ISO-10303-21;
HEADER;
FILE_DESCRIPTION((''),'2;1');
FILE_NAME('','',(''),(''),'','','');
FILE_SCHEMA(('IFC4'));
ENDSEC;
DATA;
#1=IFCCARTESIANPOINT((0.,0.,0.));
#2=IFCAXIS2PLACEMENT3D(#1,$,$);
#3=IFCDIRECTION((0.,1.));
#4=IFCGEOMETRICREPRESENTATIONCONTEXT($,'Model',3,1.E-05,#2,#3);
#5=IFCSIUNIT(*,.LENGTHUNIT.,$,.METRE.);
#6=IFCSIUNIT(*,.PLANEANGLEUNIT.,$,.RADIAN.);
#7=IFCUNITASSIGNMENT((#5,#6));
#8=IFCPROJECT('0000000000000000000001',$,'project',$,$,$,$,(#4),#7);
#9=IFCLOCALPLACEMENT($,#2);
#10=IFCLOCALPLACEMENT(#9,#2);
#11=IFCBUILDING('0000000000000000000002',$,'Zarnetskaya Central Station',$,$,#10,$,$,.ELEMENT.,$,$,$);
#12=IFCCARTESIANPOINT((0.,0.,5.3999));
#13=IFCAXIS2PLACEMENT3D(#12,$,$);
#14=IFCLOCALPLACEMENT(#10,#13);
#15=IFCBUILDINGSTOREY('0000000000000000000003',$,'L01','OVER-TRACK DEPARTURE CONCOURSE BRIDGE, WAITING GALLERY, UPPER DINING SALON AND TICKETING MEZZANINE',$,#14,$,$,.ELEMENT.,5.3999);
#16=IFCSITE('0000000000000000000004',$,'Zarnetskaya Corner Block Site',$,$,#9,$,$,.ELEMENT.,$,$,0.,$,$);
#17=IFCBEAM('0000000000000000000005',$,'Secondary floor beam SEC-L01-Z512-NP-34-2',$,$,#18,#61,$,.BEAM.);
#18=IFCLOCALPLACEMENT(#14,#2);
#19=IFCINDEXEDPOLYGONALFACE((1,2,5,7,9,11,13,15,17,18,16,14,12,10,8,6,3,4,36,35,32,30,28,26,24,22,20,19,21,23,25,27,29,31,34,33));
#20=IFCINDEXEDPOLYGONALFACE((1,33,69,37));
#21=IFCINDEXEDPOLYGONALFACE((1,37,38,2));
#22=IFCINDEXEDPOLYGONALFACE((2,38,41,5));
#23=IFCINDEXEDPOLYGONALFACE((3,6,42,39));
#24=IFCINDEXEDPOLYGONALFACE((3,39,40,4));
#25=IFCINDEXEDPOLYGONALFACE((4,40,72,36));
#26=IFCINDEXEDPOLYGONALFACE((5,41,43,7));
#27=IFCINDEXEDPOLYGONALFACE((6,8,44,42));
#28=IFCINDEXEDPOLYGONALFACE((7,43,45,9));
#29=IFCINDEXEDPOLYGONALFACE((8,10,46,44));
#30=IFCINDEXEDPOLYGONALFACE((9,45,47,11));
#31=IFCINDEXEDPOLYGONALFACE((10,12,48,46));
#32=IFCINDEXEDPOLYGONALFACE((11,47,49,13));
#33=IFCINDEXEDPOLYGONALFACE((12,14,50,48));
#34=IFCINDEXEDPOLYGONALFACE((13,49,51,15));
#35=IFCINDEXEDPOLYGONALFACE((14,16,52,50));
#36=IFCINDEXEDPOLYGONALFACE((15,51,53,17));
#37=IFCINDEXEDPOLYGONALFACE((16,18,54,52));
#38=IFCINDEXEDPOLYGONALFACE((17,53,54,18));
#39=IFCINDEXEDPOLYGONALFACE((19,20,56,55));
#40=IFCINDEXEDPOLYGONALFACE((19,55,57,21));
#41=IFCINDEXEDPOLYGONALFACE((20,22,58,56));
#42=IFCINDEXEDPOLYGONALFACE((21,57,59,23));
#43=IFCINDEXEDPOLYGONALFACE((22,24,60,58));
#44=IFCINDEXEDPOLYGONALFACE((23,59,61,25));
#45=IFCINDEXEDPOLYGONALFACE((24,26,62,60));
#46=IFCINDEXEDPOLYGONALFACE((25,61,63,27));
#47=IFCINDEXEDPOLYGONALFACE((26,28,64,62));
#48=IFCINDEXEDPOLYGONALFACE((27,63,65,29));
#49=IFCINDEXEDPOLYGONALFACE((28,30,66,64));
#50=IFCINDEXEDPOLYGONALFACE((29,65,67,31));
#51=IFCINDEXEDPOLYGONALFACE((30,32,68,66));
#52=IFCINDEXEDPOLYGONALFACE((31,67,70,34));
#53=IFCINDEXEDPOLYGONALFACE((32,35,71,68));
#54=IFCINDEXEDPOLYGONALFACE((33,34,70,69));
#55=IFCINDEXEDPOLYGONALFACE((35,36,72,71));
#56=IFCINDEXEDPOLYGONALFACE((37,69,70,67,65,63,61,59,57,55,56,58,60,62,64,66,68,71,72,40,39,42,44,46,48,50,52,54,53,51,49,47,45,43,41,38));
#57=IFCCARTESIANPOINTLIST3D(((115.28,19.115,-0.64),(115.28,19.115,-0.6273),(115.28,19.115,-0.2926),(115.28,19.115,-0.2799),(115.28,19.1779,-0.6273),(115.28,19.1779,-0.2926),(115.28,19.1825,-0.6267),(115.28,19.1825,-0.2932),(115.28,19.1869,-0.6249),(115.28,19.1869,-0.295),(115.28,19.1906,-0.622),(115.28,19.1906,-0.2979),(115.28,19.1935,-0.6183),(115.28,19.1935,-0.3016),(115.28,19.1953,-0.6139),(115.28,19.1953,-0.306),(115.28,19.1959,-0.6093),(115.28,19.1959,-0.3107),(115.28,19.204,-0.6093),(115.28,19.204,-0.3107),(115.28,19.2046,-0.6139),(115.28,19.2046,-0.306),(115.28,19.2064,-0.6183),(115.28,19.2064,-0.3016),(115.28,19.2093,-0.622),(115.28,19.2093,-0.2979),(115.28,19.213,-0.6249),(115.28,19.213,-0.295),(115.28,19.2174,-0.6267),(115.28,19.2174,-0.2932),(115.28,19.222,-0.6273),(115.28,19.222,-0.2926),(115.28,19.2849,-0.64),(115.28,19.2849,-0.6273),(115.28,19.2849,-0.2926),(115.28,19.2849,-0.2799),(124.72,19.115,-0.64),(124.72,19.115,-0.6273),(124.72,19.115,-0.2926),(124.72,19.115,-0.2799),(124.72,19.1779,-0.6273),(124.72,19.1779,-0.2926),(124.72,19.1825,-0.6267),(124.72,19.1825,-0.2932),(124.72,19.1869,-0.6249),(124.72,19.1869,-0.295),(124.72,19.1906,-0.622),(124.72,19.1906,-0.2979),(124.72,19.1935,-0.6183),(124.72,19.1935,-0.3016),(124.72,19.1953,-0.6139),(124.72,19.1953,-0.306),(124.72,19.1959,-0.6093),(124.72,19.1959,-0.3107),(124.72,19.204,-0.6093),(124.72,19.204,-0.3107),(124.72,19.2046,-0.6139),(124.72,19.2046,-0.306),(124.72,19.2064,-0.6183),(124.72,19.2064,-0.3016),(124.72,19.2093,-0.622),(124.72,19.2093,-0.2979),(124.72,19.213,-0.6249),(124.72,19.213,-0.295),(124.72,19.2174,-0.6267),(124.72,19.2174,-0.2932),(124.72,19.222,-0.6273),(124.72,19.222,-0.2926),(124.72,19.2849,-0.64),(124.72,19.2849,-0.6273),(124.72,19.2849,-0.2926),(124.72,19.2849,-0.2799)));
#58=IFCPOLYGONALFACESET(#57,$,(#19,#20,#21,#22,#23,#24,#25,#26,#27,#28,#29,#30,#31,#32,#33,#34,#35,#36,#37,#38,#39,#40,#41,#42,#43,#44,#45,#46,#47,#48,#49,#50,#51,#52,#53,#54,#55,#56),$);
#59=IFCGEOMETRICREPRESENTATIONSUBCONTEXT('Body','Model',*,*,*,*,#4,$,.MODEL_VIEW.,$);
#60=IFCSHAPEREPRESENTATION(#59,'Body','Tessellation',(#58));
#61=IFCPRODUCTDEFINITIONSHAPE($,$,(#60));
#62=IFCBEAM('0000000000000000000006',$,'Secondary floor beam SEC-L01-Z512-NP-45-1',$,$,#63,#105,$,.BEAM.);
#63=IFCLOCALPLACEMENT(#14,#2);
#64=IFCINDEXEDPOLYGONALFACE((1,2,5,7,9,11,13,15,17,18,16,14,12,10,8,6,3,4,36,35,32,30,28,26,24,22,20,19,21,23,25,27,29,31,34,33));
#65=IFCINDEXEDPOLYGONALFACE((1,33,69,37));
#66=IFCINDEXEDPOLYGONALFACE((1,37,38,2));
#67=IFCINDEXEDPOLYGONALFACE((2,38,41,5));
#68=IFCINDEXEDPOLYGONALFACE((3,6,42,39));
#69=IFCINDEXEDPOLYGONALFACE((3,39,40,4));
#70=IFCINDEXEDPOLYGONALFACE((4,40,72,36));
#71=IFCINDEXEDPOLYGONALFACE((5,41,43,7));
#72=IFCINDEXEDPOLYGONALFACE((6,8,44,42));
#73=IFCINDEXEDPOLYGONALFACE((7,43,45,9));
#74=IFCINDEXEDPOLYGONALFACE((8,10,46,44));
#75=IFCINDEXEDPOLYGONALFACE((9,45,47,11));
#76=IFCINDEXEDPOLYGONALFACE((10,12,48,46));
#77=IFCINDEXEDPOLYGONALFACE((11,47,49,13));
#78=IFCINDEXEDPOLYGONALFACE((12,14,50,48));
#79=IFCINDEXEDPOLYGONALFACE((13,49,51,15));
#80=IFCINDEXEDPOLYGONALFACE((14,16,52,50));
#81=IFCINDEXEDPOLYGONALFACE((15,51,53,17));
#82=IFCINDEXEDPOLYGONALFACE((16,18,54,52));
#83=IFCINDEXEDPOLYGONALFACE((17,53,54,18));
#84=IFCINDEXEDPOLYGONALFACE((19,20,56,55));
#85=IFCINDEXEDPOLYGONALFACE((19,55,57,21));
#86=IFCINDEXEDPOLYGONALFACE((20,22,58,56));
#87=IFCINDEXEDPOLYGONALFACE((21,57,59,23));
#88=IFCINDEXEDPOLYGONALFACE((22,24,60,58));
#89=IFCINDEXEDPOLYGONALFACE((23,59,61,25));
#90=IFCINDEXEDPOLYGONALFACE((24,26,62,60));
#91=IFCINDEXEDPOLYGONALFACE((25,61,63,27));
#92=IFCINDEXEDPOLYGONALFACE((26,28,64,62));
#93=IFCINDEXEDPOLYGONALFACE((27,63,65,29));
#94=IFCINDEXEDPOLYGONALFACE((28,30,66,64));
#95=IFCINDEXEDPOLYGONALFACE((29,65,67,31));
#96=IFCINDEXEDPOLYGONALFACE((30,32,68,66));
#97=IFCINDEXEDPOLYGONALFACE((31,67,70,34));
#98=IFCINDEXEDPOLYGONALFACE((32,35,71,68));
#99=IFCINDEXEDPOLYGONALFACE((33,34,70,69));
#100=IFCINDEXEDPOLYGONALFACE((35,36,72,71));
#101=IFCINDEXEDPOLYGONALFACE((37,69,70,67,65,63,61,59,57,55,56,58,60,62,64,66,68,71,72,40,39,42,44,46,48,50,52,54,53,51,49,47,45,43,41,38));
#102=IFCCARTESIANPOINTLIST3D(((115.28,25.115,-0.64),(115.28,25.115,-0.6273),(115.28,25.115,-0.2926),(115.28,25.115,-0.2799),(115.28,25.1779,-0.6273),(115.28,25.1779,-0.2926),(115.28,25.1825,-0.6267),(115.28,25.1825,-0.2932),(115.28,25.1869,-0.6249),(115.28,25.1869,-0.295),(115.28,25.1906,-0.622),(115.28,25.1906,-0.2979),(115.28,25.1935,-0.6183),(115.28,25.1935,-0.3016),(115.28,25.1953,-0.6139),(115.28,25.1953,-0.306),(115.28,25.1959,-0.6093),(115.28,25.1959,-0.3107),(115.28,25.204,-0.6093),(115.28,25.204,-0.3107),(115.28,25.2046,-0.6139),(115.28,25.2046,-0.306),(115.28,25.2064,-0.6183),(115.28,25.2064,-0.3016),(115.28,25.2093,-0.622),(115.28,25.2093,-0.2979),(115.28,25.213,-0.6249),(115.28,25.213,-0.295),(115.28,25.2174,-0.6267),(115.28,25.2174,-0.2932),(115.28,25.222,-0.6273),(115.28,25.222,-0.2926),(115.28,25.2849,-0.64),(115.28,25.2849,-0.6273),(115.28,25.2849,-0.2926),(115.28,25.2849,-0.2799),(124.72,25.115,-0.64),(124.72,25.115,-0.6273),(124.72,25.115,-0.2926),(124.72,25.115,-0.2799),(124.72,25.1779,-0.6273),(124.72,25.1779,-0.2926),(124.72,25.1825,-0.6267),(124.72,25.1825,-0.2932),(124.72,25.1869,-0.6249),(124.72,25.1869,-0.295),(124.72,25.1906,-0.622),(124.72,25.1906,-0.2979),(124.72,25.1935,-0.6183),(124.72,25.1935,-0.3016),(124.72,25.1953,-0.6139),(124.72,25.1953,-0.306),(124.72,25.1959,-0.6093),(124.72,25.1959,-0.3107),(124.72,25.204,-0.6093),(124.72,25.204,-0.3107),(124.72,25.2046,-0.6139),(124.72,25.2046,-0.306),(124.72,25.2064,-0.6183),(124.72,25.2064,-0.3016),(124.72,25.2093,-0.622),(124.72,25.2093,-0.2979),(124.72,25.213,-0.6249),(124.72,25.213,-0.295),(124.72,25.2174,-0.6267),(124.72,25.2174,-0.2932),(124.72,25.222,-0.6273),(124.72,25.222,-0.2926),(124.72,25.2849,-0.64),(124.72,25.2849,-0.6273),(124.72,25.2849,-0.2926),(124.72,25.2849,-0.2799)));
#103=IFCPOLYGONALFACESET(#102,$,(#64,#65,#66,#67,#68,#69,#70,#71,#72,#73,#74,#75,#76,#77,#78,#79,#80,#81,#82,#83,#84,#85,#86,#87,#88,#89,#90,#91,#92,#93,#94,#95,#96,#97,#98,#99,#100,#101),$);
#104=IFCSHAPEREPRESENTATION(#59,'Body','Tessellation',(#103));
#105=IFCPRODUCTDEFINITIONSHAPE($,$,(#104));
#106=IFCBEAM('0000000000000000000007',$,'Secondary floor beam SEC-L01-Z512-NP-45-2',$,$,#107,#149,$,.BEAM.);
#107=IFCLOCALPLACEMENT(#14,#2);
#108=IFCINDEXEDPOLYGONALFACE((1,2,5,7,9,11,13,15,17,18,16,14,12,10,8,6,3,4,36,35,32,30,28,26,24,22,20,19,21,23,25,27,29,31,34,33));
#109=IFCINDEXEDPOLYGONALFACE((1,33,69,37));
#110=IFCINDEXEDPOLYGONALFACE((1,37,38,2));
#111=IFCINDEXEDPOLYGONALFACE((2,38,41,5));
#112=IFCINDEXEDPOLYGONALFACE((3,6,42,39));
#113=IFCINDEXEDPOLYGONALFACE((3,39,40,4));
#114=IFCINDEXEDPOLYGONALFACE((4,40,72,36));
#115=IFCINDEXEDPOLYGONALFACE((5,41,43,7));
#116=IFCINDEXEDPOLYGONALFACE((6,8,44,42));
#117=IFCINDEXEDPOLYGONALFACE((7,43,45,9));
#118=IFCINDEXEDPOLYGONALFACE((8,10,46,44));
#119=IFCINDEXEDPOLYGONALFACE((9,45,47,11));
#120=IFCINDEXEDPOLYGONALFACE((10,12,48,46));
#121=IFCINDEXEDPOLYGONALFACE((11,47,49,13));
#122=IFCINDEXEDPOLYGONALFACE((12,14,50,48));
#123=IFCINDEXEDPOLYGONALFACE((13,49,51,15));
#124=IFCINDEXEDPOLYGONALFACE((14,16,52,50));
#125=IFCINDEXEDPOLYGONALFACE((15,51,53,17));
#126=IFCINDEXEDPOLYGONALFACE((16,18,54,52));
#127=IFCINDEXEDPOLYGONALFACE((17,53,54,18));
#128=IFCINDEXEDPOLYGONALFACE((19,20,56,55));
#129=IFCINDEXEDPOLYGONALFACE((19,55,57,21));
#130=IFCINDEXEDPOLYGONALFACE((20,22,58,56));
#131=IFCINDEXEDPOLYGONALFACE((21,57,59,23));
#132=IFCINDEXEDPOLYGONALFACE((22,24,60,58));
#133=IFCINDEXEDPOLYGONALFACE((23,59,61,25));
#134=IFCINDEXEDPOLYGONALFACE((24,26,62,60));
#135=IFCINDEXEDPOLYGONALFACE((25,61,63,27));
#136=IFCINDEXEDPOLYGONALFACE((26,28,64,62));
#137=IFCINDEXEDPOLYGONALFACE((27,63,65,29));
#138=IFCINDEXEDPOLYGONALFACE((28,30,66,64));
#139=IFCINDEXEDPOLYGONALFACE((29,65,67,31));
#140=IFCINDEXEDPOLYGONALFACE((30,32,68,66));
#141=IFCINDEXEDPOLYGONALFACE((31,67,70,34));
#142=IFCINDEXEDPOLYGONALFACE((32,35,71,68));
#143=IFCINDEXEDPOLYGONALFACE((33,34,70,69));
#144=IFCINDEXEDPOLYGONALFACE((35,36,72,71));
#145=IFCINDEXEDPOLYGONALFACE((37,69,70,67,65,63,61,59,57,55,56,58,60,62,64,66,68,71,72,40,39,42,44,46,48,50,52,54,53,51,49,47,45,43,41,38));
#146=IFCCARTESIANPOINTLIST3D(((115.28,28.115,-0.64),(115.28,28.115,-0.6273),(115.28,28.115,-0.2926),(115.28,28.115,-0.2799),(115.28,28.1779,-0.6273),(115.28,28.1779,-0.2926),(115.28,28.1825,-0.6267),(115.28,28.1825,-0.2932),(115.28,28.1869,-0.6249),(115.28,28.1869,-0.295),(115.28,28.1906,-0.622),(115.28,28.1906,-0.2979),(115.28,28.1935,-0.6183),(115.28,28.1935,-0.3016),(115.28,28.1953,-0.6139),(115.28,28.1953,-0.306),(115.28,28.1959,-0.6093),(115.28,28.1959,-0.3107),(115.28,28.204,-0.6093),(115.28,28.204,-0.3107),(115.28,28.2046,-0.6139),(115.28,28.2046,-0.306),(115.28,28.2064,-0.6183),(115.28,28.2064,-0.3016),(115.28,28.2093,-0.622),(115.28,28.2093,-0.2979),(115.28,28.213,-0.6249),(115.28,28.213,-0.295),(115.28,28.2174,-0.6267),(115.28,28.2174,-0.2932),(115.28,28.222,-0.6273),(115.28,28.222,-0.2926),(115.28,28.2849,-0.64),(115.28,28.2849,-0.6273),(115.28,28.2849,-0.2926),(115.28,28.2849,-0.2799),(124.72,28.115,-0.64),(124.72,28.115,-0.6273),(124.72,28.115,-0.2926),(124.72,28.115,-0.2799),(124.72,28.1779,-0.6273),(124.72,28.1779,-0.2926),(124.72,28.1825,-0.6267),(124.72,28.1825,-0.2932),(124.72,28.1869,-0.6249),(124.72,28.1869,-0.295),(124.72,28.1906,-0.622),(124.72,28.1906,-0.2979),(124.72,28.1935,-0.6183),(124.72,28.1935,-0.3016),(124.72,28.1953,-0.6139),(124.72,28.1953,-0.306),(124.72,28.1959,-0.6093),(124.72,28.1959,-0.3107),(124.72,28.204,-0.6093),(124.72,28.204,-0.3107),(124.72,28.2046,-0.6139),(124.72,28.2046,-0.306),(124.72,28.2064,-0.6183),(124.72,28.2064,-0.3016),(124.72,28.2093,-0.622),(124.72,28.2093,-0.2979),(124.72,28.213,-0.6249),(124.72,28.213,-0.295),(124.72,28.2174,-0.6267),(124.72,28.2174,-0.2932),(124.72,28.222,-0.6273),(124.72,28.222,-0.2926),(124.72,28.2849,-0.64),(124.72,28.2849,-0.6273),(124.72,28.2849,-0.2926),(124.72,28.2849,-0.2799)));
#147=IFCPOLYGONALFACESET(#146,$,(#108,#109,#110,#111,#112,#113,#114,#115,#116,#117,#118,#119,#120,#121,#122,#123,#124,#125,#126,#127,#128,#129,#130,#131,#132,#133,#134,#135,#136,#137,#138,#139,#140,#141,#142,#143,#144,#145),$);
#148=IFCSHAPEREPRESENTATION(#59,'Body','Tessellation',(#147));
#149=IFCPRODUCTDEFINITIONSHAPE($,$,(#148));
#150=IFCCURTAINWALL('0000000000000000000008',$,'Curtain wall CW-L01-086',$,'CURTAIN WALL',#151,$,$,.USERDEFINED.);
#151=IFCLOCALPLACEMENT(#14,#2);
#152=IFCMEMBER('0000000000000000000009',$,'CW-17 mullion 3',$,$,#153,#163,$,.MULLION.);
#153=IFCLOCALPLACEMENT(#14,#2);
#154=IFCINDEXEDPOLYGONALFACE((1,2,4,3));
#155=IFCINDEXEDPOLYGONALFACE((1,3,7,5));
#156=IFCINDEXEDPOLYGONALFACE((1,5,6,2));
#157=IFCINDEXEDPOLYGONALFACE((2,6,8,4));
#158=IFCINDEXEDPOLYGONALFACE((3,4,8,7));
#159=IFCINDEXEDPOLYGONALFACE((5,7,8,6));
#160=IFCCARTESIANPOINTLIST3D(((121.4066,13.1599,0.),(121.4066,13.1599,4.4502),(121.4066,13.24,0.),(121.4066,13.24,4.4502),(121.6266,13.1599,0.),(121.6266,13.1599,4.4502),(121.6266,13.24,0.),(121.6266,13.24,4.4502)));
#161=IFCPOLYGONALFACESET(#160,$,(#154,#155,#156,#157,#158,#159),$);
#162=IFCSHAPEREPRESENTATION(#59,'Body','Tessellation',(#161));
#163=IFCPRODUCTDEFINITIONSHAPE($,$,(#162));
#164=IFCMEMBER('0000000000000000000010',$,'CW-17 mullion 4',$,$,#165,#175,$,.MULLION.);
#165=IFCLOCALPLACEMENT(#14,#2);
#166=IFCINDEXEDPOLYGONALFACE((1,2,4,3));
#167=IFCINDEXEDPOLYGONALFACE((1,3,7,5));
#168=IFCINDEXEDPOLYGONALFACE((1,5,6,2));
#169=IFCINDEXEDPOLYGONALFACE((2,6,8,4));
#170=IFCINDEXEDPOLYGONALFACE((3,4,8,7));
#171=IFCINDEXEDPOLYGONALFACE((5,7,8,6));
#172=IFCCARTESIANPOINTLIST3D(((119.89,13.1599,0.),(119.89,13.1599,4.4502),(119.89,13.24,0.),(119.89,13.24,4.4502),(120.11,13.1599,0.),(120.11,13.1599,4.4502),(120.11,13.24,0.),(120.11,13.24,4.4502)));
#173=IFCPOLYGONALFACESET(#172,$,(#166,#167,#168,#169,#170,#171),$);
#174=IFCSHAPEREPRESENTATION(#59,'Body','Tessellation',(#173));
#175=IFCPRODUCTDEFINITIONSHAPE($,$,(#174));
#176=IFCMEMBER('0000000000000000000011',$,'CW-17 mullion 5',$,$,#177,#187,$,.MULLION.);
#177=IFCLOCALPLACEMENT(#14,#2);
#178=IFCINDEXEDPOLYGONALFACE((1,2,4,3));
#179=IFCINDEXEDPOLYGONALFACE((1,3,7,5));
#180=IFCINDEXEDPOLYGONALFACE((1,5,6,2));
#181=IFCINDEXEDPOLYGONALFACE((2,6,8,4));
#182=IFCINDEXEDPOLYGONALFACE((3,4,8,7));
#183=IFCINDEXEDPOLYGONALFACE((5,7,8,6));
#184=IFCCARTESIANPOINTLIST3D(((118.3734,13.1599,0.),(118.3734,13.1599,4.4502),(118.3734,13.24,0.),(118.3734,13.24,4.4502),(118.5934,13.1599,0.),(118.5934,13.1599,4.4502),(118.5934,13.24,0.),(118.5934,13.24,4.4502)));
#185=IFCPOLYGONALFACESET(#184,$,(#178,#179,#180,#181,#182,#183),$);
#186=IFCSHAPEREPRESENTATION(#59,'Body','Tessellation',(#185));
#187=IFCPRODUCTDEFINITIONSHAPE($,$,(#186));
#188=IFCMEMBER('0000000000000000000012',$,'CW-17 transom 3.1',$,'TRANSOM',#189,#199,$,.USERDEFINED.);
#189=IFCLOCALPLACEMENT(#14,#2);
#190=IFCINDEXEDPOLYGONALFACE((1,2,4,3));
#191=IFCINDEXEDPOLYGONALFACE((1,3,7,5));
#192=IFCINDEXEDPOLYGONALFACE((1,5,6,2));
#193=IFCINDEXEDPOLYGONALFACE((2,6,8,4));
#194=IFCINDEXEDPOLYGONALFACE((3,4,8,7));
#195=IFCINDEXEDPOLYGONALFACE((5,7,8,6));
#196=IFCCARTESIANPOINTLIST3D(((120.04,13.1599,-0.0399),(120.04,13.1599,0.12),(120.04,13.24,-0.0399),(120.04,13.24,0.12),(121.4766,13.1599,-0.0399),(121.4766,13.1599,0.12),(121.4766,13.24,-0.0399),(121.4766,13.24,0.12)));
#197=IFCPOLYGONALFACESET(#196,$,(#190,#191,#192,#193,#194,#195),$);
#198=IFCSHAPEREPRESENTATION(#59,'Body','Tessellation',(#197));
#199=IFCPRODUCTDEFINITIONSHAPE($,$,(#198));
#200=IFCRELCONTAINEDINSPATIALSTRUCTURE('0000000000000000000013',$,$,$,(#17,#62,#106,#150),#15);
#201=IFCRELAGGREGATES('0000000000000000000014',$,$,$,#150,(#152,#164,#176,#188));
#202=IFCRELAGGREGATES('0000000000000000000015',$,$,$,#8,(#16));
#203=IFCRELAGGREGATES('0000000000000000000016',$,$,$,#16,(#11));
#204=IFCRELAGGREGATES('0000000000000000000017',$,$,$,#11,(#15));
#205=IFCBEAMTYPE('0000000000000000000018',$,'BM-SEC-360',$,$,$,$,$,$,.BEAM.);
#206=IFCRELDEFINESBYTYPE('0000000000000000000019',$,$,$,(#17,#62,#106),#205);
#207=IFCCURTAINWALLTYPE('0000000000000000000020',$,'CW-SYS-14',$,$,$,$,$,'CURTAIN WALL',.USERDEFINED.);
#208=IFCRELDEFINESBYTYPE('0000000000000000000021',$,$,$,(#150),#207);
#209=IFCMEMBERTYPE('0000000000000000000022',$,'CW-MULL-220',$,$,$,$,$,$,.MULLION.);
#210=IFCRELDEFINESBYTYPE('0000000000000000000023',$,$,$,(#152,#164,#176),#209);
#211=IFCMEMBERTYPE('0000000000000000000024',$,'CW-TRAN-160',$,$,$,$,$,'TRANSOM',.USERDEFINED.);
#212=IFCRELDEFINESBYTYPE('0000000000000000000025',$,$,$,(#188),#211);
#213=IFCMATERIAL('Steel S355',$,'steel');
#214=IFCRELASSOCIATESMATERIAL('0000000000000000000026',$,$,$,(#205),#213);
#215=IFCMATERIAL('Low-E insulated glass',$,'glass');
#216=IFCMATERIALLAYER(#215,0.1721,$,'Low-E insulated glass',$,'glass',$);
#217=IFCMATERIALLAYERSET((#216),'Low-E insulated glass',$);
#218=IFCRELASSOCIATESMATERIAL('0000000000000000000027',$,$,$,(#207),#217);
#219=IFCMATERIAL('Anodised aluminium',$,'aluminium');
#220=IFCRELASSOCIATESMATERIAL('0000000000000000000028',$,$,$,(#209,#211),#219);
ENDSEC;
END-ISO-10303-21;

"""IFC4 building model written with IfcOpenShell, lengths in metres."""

from ifc_helpers import new_model, si_unit, direction, frame, origin, origin_2d, place, context, subcontext, project, spatial, rectangle, i_section, extrude, material, layer, layer_set, material_profile, profile_set, type_object, element, aggregate, save


model = new_model("IFC4")

# Units and contexts
model_context = context("Model", 3, precision=1e-05, world=origin(), true_north=direction((0.0, 1.0)))
body_context = subcontext(model_context, "Body", "Model", "MODEL_VIEW")
ifc_project = project(units=[si_unit("LENGTHUNIT", "METRE"), si_unit("PLANEANGLEUNIT", "RADIAN")], contexts=[model_context])

# Site, building, storey
site_placement = place(None, origin())
site = spatial("IfcSite", under=ifc_project, at=site_placement, Name="Zarnetskaya Corner Block Site", CompositionType="ELEMENT", RefElevation=0.0)
building_placement = place(site_placement, origin())
building = spatial("IfcBuilding", under=site, at=building_placement, Name="Zarnetskaya Central Station", CompositionType="ELEMENT")
storey_placement = place(building_placement, frame((0.0, 0.0, 5.3999)))
storey = spatial("IfcBuildingStorey", under=building, at=storey_placement, Name="L01", Description="OVER-TRACK DEPARTURE CONCOURSE BRIDGE, WAITING GALLERY, UPPER DINING SALON AND TICKETING MEZZANINE", CompositionType="ELEMENT", Elevation=5.3999)

# Shared definitions
ifc_material_1 = material(Name="Steel S355", Category="steel")

# Beams
ifc_material_profile_1 = material_profile(ifc_material_1, i_section(OverallWidth=0.1699, OverallDepth=0.3601, WebThickness=0.0081, FlangeThickness=0.0127, FilletRadius=0.0181, at=origin_2d()), Name="IPE 360")
ifc_profile_set_1 = profile_set([ifc_material_profile_1], Name="Steel S355")
beam_type_1 = type_object("IfcBeamType", Name="BM-SEC-360", PredefinedType="BEAM", material=ifc_profile_set_1)
for number, where, z_axis, x_axis, name in (
    (1, (115.28, 19.2, -0.46), (1.0, 0.0, 0.0), (0.0, 1.0, 0.0), "Secondary floor beam SEC-L01-Z512-NP-34-2"),
    (2, (115.28, 25.2, -0.46), (1.0, 0.0, 0.0), (0.0, 1.0, 0.0), "Secondary floor beam SEC-L01-Z512-NP-45-1"),
    (3, (115.28, 28.2, -0.46), (1.0, 0.0, 0.0), (0.0, 1.0, 0.0), "Secondary floor beam SEC-L01-Z512-NP-45-2"),
):
    element("IfcBeam", number, at=place(storey_placement, frame(where, z_axis=z_axis, x_axis=x_axis)), inside=storey, type_object=beam_type_1, Name=name, PredefinedType="BEAM", context=body_context, shape_type="SweptSolid", body=[
        extrude(i_section(OverallWidth=0.1699, OverallDepth=0.3601, WebThickness=0.0081, FlangeThickness=0.0127, FilletRadius=0.0181, at=origin_2d()), origin(), (0.0, 0.0, 1.0), 9.4399),
    ])

# Curtain wall, members
ifc_material_2 = material(Name="Low-E insulated glass", Category="glass")
ifc_layer_1 = layer(ifc_material_2, 0.1721, Name="Low-E insulated glass", Category="glass")
ifc_layer_set_1 = layer_set([ifc_layer_1], Name="Low-E insulated glass")
curtain_wall_type = type_object("IfcCurtainWallType", Name="CW-SYS-14", ElementType="CURTAIN WALL", PredefinedType="USERDEFINED", material=ifc_layer_set_1)
curtain_wall_placement = place(storey_placement, origin())
curtain_wall = element("IfcCurtainWall", 4, at=curtain_wall_placement, inside=storey, type_object=curtain_wall_type, Name="Curtain wall CW-L01-086", ObjectType="CURTAIN WALL", PredefinedType="USERDEFINED")
ifc_material_3 = material(Name="Anodised aluminium", Category="aluminium")
ifc_material_profile_2 = material_profile(ifc_material_3, rectangle(XDim=0.0801, YDim=0.22, at=origin_2d()), Name="ALU MULL 80x220")
ifc_profile_set_2 = profile_set([ifc_material_profile_2], Name="Anodised aluminium")
member_type_1 = type_object("IfcMemberType", Name="CW-MULL-220", PredefinedType="MULLION", material=ifc_profile_set_2)
member_1_placement = place(storey_placement, frame((121.5166, 13.2, 0.0), z_axis=(0.0, 0.0, 1.0), x_axis=(0.0, -1.0, 0.0)))
member_1 = element("IfcMember", 5, at=member_1_placement, type_object=member_type_1, Name="CW-17 mullion 3", PredefinedType="MULLION", context=body_context, shape_type="SweptSolid", body=[
    extrude(rectangle(XDim=0.0801, YDim=0.22, at=origin_2d()), origin(), (0.0, 0.0, 1.0), 4.4502),
])
member_2_placement = place(storey_placement, frame((120.0, 13.2, 0.0), z_axis=(0.0, 0.0, 1.0), x_axis=(0.0, -1.0, 0.0)))
member_2 = element("IfcMember", 6, at=member_2_placement, type_object=member_type_1, Name="CW-17 mullion 4", PredefinedType="MULLION", context=body_context, shape_type="SweptSolid", body=[
    extrude(rectangle(XDim=0.0801, YDim=0.22, at=origin_2d()), origin(), (0.0, 0.0, 1.0), 4.4502),
])
member_3_placement = place(storey_placement, frame((118.4834, 13.2, 0.0), z_axis=(0.0, 0.0, 1.0), x_axis=(0.0, -1.0, 0.0)))
member_3 = element("IfcMember", 7, at=member_3_placement, type_object=member_type_1, Name="CW-17 mullion 5", PredefinedType="MULLION", context=body_context, shape_type="SweptSolid", body=[
    extrude(rectangle(XDim=0.0801, YDim=0.22, at=origin_2d()), origin(), (0.0, 0.0, 1.0), 4.4502),
])
ifc_material_profile_3 = material_profile(ifc_material_3, rectangle(XDim=0.0801, YDim=0.1599, at=origin_2d()), Name="ALU TRAN 80x160")
ifc_profile_set_3 = profile_set([ifc_material_profile_3], Name="Anodised aluminium")
member_type_2 = type_object("IfcMemberType", Name="CW-TRAN-160", ElementType="TRANSOM", PredefinedType="USERDEFINED", material=ifc_profile_set_3)
member_4_placement = place(storey_placement, frame((121.4766, 13.2, 0.04), z_axis=(-1.0, 0.0, 0.0), x_axis=(0.0, -1.0, 0.0)))
member_4 = element("IfcMember", 8, at=member_4_placement, type_object=member_type_2, Name="CW-17 transom 3.1", ObjectType="TRANSOM", PredefinedType="USERDEFINED", context=body_context, shape_type="SweptSolid", body=[
    extrude(rectangle(XDim=0.0801, YDim=0.1599, at=origin_2d()), origin(), (0.0, 0.0, 1.0), 1.4365),
])

aggregate(curtain_wall, [member_1, member_2, member_3, member_4])

save(model, "model.ifc")
